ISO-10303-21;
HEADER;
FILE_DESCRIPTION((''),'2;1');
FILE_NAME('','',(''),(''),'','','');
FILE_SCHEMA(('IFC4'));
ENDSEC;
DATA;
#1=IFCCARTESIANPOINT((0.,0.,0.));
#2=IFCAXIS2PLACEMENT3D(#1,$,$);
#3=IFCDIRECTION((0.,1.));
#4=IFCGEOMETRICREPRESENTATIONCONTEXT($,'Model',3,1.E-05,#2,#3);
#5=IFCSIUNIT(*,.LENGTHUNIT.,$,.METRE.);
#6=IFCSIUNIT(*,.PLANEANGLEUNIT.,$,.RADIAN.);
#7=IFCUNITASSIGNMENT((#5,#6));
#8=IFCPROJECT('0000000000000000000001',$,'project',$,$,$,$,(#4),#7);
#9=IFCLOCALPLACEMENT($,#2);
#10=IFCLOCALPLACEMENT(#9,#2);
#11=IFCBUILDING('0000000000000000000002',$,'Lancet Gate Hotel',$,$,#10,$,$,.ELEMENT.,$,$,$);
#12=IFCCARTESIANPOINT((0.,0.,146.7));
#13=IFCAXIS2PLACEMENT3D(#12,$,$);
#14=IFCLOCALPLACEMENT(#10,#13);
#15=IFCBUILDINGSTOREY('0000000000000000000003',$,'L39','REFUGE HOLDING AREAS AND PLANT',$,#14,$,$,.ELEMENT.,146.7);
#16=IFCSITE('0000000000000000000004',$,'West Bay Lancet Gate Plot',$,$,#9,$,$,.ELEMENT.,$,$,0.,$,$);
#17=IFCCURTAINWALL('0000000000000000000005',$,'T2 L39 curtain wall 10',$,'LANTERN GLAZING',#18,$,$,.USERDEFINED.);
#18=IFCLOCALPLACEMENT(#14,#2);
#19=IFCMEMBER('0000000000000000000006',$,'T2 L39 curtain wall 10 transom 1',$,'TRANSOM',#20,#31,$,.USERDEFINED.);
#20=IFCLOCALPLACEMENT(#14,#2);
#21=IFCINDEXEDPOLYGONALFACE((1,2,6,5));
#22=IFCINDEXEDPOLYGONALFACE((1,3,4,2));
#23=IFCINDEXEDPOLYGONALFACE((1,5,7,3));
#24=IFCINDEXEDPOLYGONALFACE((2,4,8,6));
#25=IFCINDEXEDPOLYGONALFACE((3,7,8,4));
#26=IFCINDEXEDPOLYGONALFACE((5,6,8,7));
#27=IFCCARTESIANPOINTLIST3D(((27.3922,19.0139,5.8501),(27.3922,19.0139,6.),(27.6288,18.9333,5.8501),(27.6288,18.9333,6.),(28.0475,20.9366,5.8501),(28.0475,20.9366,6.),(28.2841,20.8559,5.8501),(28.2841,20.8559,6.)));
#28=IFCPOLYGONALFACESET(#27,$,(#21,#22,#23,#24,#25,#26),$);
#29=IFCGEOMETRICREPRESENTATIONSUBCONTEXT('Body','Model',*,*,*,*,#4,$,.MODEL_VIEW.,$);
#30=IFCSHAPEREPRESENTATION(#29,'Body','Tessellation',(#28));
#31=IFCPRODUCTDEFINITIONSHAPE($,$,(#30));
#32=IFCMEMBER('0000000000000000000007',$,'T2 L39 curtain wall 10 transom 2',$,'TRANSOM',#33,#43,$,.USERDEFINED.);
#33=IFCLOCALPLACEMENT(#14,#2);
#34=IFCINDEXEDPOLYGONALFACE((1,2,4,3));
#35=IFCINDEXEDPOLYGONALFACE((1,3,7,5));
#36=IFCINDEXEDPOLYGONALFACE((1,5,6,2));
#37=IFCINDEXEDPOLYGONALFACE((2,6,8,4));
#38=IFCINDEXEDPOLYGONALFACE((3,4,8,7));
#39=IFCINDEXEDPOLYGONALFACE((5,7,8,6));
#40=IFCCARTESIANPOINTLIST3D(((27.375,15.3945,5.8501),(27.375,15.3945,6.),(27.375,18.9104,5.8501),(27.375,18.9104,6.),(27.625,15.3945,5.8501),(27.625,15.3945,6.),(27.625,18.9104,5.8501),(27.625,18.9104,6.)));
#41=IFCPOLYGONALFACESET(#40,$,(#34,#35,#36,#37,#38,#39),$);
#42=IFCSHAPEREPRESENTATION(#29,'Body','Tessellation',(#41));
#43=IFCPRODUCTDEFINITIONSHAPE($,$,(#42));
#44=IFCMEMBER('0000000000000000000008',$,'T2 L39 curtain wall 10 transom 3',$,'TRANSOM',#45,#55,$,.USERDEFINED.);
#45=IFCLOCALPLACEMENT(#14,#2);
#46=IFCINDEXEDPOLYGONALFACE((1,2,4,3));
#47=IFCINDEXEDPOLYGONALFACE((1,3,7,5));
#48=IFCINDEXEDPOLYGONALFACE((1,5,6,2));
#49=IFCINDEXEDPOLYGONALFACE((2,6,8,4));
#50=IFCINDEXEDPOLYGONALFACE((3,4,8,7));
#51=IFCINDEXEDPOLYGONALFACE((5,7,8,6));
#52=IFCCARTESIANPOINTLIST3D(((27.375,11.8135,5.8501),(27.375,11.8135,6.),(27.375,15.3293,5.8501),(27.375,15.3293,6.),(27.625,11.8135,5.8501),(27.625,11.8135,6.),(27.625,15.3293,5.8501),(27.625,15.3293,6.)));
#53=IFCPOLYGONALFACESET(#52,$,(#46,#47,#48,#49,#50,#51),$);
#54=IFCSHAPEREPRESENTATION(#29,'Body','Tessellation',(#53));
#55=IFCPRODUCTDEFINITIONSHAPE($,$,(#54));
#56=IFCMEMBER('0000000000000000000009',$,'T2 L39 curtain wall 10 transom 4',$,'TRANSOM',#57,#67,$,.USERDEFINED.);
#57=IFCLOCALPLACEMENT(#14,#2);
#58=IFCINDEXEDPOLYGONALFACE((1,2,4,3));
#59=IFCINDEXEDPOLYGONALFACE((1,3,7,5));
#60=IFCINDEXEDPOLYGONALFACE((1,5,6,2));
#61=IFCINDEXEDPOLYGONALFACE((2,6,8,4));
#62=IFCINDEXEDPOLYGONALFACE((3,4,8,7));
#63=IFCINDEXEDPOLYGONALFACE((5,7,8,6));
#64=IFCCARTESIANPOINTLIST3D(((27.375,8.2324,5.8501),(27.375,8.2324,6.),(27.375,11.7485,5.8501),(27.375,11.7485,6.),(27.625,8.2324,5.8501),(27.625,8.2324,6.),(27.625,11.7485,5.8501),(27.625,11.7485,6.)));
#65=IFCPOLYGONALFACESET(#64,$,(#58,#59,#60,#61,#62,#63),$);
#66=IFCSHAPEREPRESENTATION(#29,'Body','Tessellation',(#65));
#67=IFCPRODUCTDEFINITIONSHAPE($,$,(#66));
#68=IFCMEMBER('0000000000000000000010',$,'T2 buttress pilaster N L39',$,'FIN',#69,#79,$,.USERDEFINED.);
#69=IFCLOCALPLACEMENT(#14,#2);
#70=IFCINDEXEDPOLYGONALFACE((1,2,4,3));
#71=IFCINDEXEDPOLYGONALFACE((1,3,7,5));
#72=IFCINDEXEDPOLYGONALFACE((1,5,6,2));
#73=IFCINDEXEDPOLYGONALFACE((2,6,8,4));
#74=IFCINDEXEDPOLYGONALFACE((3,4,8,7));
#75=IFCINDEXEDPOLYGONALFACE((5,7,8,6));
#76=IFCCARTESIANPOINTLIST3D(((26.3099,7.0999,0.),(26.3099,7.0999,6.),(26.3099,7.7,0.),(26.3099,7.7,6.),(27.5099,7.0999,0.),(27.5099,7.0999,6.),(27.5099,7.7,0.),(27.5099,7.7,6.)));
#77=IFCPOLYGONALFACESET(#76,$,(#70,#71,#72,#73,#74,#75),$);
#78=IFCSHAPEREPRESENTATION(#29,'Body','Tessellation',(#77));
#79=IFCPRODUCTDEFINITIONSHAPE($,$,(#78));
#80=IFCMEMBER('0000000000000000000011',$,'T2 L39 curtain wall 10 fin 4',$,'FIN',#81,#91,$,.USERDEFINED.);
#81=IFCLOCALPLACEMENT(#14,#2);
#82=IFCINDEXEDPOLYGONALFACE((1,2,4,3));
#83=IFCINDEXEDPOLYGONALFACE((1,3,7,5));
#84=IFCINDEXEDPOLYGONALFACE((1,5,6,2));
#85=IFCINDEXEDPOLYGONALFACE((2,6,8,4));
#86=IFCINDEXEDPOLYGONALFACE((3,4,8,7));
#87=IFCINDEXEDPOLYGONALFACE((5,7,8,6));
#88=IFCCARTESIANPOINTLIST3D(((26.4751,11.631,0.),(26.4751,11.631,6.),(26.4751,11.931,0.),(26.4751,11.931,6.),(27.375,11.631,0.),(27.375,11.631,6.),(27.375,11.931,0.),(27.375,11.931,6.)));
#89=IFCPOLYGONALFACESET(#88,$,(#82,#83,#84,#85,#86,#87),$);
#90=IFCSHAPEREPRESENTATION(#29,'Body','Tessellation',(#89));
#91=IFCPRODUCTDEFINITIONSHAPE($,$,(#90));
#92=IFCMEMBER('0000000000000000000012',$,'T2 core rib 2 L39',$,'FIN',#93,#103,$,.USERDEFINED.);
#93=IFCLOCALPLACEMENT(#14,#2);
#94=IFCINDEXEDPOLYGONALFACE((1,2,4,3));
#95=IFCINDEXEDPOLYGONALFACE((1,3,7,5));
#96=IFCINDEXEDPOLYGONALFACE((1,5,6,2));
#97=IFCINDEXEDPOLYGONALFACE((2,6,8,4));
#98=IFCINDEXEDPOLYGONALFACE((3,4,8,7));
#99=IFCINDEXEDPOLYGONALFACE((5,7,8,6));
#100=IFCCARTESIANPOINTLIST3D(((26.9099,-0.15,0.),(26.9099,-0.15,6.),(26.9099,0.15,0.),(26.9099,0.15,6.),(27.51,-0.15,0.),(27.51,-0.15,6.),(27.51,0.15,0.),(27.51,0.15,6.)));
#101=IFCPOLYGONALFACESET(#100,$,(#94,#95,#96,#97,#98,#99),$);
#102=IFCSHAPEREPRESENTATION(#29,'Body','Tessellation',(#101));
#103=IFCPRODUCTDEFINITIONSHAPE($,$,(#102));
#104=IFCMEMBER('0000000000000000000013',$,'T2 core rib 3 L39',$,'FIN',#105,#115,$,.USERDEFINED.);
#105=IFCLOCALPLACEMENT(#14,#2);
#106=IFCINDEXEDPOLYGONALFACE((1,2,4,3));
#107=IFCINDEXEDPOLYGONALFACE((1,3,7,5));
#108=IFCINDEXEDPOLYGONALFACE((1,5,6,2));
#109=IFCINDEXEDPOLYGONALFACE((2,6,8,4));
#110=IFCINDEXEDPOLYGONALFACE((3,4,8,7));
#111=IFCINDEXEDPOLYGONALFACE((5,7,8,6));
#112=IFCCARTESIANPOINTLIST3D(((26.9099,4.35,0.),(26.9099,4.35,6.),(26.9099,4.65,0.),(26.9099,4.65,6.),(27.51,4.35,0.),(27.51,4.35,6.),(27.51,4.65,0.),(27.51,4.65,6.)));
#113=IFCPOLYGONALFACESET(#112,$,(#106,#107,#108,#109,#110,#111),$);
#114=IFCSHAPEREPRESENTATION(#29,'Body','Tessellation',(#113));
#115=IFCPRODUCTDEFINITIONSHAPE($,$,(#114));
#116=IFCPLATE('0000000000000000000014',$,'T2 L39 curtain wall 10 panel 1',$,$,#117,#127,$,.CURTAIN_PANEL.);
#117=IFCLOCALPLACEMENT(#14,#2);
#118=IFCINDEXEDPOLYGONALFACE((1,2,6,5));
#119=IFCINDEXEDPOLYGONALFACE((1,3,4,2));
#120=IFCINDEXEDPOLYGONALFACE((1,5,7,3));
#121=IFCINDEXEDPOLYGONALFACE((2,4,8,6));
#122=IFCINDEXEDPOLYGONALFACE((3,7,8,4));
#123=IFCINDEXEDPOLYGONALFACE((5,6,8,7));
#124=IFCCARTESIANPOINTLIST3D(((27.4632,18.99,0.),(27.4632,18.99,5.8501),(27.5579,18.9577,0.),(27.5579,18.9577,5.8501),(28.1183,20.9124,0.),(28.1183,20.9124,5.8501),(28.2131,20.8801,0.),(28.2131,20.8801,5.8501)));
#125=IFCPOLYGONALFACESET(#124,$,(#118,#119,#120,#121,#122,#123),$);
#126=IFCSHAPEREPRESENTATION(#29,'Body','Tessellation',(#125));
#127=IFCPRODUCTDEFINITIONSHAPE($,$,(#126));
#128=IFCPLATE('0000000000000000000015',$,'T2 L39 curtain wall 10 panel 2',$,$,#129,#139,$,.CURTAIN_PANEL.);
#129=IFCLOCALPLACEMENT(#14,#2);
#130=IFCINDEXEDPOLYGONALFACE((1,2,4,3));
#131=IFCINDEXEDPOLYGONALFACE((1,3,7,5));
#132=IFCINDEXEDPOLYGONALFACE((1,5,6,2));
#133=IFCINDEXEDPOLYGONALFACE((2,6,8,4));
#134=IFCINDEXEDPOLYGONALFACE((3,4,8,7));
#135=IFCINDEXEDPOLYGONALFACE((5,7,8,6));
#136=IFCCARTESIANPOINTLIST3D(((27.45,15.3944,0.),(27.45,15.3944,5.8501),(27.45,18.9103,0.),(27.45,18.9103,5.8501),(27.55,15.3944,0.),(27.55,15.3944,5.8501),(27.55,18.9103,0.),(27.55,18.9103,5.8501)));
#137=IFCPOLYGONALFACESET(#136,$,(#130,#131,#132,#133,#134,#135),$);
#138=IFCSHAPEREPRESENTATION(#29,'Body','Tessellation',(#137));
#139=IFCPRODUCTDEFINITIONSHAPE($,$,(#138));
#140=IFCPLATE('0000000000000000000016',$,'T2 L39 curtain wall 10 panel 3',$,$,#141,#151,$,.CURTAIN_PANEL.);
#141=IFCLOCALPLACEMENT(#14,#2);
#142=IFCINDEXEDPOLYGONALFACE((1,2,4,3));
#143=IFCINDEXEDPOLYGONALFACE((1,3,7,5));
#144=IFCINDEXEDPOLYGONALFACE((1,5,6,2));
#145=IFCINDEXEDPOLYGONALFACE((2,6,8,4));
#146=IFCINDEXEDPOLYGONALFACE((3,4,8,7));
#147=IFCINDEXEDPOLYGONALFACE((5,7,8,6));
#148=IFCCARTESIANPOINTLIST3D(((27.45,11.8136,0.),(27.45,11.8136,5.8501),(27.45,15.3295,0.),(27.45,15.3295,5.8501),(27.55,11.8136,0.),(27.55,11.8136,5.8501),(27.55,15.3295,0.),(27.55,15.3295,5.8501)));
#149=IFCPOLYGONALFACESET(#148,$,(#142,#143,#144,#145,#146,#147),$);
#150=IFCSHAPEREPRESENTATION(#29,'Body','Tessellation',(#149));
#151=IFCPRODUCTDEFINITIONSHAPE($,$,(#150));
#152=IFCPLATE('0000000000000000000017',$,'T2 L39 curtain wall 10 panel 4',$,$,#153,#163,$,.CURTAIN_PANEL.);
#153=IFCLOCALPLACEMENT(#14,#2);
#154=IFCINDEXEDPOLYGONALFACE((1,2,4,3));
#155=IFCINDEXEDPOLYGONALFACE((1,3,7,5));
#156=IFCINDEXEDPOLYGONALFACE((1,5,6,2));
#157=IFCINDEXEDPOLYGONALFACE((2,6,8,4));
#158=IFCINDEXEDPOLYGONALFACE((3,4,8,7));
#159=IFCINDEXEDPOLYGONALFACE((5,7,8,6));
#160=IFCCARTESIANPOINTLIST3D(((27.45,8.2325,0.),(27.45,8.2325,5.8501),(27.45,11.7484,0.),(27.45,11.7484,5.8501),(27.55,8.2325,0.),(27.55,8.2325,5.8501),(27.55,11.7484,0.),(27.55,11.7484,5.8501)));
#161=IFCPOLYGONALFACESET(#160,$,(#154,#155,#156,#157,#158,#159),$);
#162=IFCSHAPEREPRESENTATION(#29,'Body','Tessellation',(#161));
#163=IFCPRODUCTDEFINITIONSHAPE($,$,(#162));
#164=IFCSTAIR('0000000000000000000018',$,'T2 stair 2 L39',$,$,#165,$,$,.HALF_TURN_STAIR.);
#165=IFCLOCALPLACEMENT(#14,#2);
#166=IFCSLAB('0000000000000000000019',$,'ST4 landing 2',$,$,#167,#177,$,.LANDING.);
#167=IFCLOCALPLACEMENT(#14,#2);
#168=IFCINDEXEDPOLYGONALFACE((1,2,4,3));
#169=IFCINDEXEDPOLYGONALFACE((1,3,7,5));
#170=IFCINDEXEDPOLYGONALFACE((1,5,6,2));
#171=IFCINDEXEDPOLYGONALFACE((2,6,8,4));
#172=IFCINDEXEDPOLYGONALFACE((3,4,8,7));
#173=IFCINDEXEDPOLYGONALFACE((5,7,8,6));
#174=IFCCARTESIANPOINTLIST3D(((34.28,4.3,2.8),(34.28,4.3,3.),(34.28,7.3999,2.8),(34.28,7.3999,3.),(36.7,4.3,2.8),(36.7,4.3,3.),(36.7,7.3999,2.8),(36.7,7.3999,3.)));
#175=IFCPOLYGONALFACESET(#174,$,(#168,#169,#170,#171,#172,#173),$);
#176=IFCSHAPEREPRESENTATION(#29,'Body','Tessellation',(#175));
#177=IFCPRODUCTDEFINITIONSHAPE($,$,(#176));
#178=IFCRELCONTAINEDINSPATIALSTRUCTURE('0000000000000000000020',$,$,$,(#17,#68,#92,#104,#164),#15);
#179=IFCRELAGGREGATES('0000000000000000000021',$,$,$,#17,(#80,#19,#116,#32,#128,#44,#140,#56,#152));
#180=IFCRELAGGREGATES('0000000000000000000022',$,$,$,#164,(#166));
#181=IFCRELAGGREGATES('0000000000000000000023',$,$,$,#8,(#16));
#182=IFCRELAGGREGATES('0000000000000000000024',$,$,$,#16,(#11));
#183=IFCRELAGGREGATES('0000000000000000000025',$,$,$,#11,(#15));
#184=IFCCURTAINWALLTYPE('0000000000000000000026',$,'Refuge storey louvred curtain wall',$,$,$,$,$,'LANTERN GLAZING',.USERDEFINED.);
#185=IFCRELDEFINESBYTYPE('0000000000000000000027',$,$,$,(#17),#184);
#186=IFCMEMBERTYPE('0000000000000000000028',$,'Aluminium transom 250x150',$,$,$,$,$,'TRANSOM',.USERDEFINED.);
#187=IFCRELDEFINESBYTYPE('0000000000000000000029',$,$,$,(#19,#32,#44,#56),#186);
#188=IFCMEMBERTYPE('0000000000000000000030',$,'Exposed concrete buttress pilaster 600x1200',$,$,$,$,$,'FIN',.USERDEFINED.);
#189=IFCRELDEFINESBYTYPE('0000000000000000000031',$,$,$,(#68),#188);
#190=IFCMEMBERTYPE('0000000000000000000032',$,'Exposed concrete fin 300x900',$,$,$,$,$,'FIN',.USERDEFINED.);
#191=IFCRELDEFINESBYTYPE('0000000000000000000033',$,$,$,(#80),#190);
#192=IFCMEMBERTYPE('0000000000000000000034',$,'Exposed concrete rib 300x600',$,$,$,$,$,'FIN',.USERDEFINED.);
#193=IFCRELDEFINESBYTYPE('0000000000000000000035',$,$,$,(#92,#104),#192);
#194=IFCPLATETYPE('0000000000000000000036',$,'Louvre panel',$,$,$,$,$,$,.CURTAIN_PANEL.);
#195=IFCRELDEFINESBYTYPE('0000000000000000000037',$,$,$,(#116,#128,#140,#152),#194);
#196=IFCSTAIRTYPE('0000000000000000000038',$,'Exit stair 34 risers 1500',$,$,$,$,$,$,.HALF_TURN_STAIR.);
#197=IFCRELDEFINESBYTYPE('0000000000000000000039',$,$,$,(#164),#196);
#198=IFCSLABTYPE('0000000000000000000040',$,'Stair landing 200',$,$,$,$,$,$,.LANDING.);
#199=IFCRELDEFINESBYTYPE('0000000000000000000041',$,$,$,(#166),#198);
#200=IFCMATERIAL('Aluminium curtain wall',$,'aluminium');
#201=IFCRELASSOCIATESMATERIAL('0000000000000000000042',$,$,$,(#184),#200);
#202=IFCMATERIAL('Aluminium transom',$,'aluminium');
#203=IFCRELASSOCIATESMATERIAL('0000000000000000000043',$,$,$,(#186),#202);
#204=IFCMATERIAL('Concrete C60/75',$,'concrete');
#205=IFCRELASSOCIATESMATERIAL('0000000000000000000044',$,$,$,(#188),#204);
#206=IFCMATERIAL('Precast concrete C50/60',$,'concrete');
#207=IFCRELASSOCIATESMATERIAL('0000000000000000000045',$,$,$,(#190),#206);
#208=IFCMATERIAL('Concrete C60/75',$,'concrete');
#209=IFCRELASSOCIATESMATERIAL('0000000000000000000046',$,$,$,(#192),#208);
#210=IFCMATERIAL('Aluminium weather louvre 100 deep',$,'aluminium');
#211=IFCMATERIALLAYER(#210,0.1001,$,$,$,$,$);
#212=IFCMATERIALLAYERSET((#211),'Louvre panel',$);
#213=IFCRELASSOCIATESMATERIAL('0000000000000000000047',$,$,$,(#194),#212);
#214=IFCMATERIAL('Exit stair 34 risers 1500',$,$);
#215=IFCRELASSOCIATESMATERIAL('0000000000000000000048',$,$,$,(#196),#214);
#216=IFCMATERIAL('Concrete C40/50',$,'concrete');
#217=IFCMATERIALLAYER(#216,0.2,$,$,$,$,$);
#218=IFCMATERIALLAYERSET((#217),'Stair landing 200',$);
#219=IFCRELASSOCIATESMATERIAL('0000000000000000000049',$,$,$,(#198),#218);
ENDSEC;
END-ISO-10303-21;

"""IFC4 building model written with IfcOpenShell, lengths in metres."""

from ifc_helpers import new_model, si_unit, direction, frame, origin, origin_2d, place, context, subcontext, project, spatial, polyline, rectangle, outline, extrude, material, layer, layer_set, material_profile, profile_set, type_object, element, aggregate, save


model = new_model("IFC4")

# Units and contexts
model_context = context("Model", 3, precision=1e-05, world=origin(), true_north=direction((0.0, 1.0)))
body_context = subcontext(model_context, "Body", "Model", "MODEL_VIEW")
ifc_project = project(units=[si_unit("LENGTHUNIT", "METRE"), si_unit("PLANEANGLEUNIT", "RADIAN")], contexts=[model_context])

# Site, building, storey
site_placement = place(None, origin())
site = spatial("IfcSite", under=ifc_project, at=site_placement, Name="West Bay Lancet Gate Plot", CompositionType="ELEMENT", RefElevation=0.0)
building_placement = place(site_placement, origin())
building = spatial("IfcBuilding", under=site, at=building_placement, Name="Lancet Gate Hotel", CompositionType="ELEMENT")
storey_placement = place(building_placement, frame((0.0, 0.0, 146.7)))
storey = spatial("IfcBuildingStorey", under=building, at=storey_placement, Name="L39", Description="REFUGE HOLDING AREAS AND PLANT", CompositionType="ELEMENT", Elevation=146.7)

# Curtain wall, members
ifc_material_1 = material(Name="Aluminium curtain wall", Category="aluminium")
curtain_wall_type = type_object("IfcCurtainWallType", Name="Refuge storey louvred curtain wall", ElementType="LANTERN GLAZING", PredefinedType="USERDEFINED", material=ifc_material_1)
curtain_wall_placement = place(storey_placement, origin())
curtain_wall = element("IfcCurtainWall", 1, at=curtain_wall_placement, inside=storey, type_object=curtain_wall_type, Name="T2 L39 curtain wall 10", ObjectType="LANTERN GLAZING", PredefinedType="USERDEFINED")
ifc_material_2 = material(Name="Aluminium transom", Category="aluminium")
ifc_material_profile_1 = material_profile(ifc_material_2, rectangle(XDim=0.25, YDim=0.1499, at=origin_2d()), Name="TRANSOM 250x150")
ifc_profile_set_1 = profile_set([ifc_material_profile_1], Name="Aluminium transom")
member_type_1 = type_object("IfcMemberType", Name="Aluminium transom 250x150", ElementType="TRANSOM", PredefinedType="USERDEFINED", material=ifc_profile_set_1)
member_1_placement = place(storey_placement, frame((28.1658, 20.8962, 5.925), z_axis=(-0.322603, -0.946534, 0.0), x_axis=(0.946534, -0.322603, 0.0)))
member_1 = element("IfcMember", 2, at=member_1_placement, type_object=member_type_1, Name="T2 L39 curtain wall 10 transom 1", ObjectType="TRANSOM", PredefinedType="USERDEFINED", context=body_context, shape_type="SweptSolid", body=[
    extrude(rectangle(XDim=0.25, YDim=0.1499, at=origin_2d()), origin(), (0.0, 0.0, 1.0), 2.0312),
])
member_2_placement = place(storey_placement, frame((27.5, 18.9104, 5.925), z_axis=(0.0, -1.0, 0.0), x_axis=(1.0, 0.0, 0.0)))
member_2 = element("IfcMember", 3, at=member_2_placement, type_object=member_type_1, Name="T2 L39 curtain wall 10 transom 2", ObjectType="TRANSOM", PredefinedType="USERDEFINED", context=body_context, shape_type="SweptSolid", body=[
    extrude(rectangle(XDim=0.25, YDim=0.1499, at=origin_2d()), origin(), (0.0, 0.0, 1.0), 3.5159),
])
member_3_placement = place(storey_placement, frame((27.5, 15.3293, 5.925), z_axis=(0.0, -1.0, 0.0), x_axis=(1.0, 0.0, 0.0)))
member_3 = element("IfcMember", 4, at=member_3_placement, type_object=member_type_1, Name="T2 L39 curtain wall 10 transom 3", ObjectType="TRANSOM", PredefinedType="USERDEFINED", context=body_context, shape_type="SweptSolid", body=[
    extrude(rectangle(XDim=0.25, YDim=0.1499, at=origin_2d()), origin(), (0.0, 0.0, 1.0), 3.5159),
])
member_4_placement = place(storey_placement, frame((27.5, 11.7485, 5.925), z_axis=(0.0, -1.0, 0.0), x_axis=(1.0, 0.0, 0.0)))
member_4 = element("IfcMember", 5, at=member_4_placement, type_object=member_type_1, Name="T2 L39 curtain wall 10 transom 4", ObjectType="TRANSOM", PredefinedType="USERDEFINED", context=body_context, shape_type="SweptSolid", body=[
    extrude(rectangle(XDim=0.25, YDim=0.1499, at=origin_2d()), origin(), (0.0, 0.0, 1.0), 3.5161),
])

# Members
ifc_material_3 = material(Name="Concrete C60/75", Category="concrete")
ifc_material_profile_2 = material_profile(ifc_material_3, rectangle(XDim=0.6001, YDim=1.2, at=origin_2d()), Name="FIN 600x1200")
ifc_profile_set_2 = profile_set([ifc_material_profile_2], Name="Concrete C60/75")
member_type_2 = type_object("IfcMemberType", Name="Exposed concrete buttress pilaster 600x1200", ElementType="FIN", PredefinedType="USERDEFINED", material=ifc_profile_set_2)
member_5_placement = place(storey_placement, frame((26.9099, 7.3999, 0.0), z_axis=(0.0, 0.0, 1.0), x_axis=(0.0, 1.0, 0.0)))
element("IfcMember", 6, at=member_5_placement, inside=storey, type_object=member_type_2, Name="T2 buttress pilaster N L39", ObjectType="FIN", PredefinedType="USERDEFINED", context=body_context, shape_type="SweptSolid", body=[
    extrude(rectangle(XDim=0.6001, YDim=1.2, at=origin_2d()), origin(), (0.0, 0.0, 1.0), 6.0),
])
ifc_material_4 = material(Name="Precast concrete C50/60", Category="concrete")
ifc_material_profile_3 = material_profile(ifc_material_4, rectangle(XDim=0.3, YDim=0.8999, at=origin_2d()), Name="FIN 300x900")
ifc_profile_set_3 = profile_set([ifc_material_profile_3], Name="Precast concrete C50/60")
member_type_3 = type_object("IfcMemberType", Name="Exposed concrete fin 300x900", ElementType="FIN", PredefinedType="USERDEFINED", material=ifc_profile_set_3)
member_6_placement = place(storey_placement, frame((26.925, 11.781, 0.0), z_axis=(0.0, 0.0, 1.0), x_axis=(0.0, -1.0, 0.0)))
member_6 = element("IfcMember", 7, at=member_6_placement, type_object=member_type_3, Name="T2 L39 curtain wall 10 fin 4", ObjectType="FIN", PredefinedType="USERDEFINED", context=body_context, shape_type="SweptSolid", body=[
    extrude(rectangle(XDim=0.3, YDim=0.8999, at=origin_2d()), origin(), (0.0, 0.0, 1.0), 6.0),
])

# Members
ifc_material_5 = material(Name="Concrete C60/75", Category="concrete")
ifc_material_profile_4 = material_profile(ifc_material_5, rectangle(XDim=0.3, YDim=0.6001, at=origin_2d()), Name="FIN 300x600")
ifc_profile_set_4 = profile_set([ifc_material_profile_4], Name="Concrete C60/75")
member_type_4 = type_object("IfcMemberType", Name="Exposed concrete rib 300x600", ElementType="FIN", PredefinedType="USERDEFINED", material=ifc_profile_set_4)
for number, where, z_axis, x_axis, name in (
    (8, (27.21, 0.0, 0.0), (0.0, 0.0, 1.0), (0.0, 1.0, 0.0), "T2 core rib 2 L39"),
    (9, (27.21, 4.5, 0.0), (0.0, 0.0, 1.0), (0.0, 1.0, 0.0), "T2 core rib 3 L39"),
):
    element("IfcMember", number, at=place(storey_placement, frame(where, z_axis=z_axis, x_axis=x_axis)), inside=storey, type_object=member_type_4, Name=name, ObjectType="FIN", PredefinedType="USERDEFINED", context=body_context, shape_type="SweptSolid", body=[
        extrude(rectangle(XDim=0.3, YDim=0.6001, at=origin_2d()), origin(), (0.0, 0.0, 1.0), 6.0),
    ])

# Plates
ifc_material_6 = material(Name="Aluminium weather louvre 100 deep", Category="aluminium")
ifc_layer_1 = layer(ifc_material_6, 0.1001)
ifc_layer_set_1 = layer_set([ifc_layer_1], Name="Louvre panel")
plate_type = type_object("IfcPlateType", Name="Louvre panel", PredefinedType="CURTAIN_PANEL", material=ifc_layer_set_1)
plate_1_placement = place(storey_placement, frame((27.8381, 19.9351, 0.0), z_axis=(0.0, 0.0, 1.0), x_axis=(-0.322576, -0.946544, 0.0)))
plate_1 = element("IfcPlate", 10, at=plate_1_placement, type_object=plate_type, Name="T2 L39 curtain wall 10 panel 1", PredefinedType="CURTAIN_PANEL", context=body_context, shape_type="SweptSolid", body=[
    extrude(rectangle(XDim=2.031, YDim=0.1001, at=origin_2d()), origin(), (0.0, 0.0, 1.0), 5.8501),
])
plate_2_placement = place(storey_placement, frame((27.5, 17.1523, 0.0), z_axis=(0.0, 0.0, 1.0), x_axis=(0.0, -1.0, 0.0)))
plate_2 = element("IfcPlate", 11, at=plate_2_placement, type_object=plate_type, Name="T2 L39 curtain wall 10 panel 2", PredefinedType="CURTAIN_PANEL", context=body_context, shape_type="SweptSolid", body=[
    extrude(rectangle(XDim=3.5159, YDim=0.1001, at=origin_2d()), origin(), (0.0, 0.0, 1.0), 5.8501),
])
plate_3_placement = place(storey_placement, frame((27.5, 13.5715, 0.0), z_axis=(0.0, 0.0, 1.0), x_axis=(0.0, -1.0, 0.0)))
plate_3 = element("IfcPlate", 12, at=plate_3_placement, type_object=plate_type, Name="T2 L39 curtain wall 10 panel 3", PredefinedType="CURTAIN_PANEL", context=body_context, shape_type="SweptSolid", body=[
    extrude(rectangle(XDim=3.5159, YDim=0.1001, at=origin_2d()), origin(), (0.0, 0.0, 1.0), 5.8501),
])
plate_4_placement = place(storey_placement, frame((27.5, 9.9905, 0.0), z_axis=(0.0, 0.0, 1.0), x_axis=(0.0, -1.0, 0.0)))
plate_4 = element("IfcPlate", 13, at=plate_4_placement, type_object=plate_type, Name="T2 L39 curtain wall 10 panel 4", PredefinedType="CURTAIN_PANEL", context=body_context, shape_type="SweptSolid", body=[
    extrude(rectangle(XDim=3.5159, YDim=0.1001, at=origin_2d()), origin(), (0.0, 0.0, 1.0), 5.8501),
])
aggregate(curtain_wall, [member_6, member_1, plate_1, member_2, plate_2, member_3, plate_3, member_4, plate_4])

# Stair, slab
ifc_material_7 = material(Name="Exit stair 34 risers 1500")
stair_type = type_object("IfcStairType", Name="Exit stair 34 risers 1500", PredefinedType="HALF_TURN_STAIR", material=ifc_material_7)
stair_placement = place(storey_placement, origin())
stair = element("IfcStair", 14, at=stair_placement, inside=storey, type_object=stair_type, Name="T2 stair 2 L39", PredefinedType="HALF_TURN_STAIR")
ifc_material_8 = material(Name="Concrete C40/50", Category="concrete")
ifc_layer_2 = layer(ifc_material_8, 0.2)
ifc_layer_set_2 = layer_set([ifc_layer_2], Name="Stair landing 200")
slab_type = type_object("IfcSlabType", Name="Stair landing 200", PredefinedType="LANDING", material=ifc_layer_set_2)
slab_placement = place(storey_placement, frame((0.0, 0.0, 2.8)))
slab = element("IfcSlab", 15, at=slab_placement, type_object=slab_type, Name="ST4 landing 2", PredefinedType="LANDING", context=body_context, shape_type="SweptSolid", body=[
    extrude(outline(polyline([(34.28, 4.3), (36.7, 4.3), (36.7, 7.3999), (34.28, 7.3999), (34.28, 4.3)])), origin(), (0.0, 0.0, 1.0), 0.2),
])
aggregate(stair, [slab])

save(model, "model.ifc")
